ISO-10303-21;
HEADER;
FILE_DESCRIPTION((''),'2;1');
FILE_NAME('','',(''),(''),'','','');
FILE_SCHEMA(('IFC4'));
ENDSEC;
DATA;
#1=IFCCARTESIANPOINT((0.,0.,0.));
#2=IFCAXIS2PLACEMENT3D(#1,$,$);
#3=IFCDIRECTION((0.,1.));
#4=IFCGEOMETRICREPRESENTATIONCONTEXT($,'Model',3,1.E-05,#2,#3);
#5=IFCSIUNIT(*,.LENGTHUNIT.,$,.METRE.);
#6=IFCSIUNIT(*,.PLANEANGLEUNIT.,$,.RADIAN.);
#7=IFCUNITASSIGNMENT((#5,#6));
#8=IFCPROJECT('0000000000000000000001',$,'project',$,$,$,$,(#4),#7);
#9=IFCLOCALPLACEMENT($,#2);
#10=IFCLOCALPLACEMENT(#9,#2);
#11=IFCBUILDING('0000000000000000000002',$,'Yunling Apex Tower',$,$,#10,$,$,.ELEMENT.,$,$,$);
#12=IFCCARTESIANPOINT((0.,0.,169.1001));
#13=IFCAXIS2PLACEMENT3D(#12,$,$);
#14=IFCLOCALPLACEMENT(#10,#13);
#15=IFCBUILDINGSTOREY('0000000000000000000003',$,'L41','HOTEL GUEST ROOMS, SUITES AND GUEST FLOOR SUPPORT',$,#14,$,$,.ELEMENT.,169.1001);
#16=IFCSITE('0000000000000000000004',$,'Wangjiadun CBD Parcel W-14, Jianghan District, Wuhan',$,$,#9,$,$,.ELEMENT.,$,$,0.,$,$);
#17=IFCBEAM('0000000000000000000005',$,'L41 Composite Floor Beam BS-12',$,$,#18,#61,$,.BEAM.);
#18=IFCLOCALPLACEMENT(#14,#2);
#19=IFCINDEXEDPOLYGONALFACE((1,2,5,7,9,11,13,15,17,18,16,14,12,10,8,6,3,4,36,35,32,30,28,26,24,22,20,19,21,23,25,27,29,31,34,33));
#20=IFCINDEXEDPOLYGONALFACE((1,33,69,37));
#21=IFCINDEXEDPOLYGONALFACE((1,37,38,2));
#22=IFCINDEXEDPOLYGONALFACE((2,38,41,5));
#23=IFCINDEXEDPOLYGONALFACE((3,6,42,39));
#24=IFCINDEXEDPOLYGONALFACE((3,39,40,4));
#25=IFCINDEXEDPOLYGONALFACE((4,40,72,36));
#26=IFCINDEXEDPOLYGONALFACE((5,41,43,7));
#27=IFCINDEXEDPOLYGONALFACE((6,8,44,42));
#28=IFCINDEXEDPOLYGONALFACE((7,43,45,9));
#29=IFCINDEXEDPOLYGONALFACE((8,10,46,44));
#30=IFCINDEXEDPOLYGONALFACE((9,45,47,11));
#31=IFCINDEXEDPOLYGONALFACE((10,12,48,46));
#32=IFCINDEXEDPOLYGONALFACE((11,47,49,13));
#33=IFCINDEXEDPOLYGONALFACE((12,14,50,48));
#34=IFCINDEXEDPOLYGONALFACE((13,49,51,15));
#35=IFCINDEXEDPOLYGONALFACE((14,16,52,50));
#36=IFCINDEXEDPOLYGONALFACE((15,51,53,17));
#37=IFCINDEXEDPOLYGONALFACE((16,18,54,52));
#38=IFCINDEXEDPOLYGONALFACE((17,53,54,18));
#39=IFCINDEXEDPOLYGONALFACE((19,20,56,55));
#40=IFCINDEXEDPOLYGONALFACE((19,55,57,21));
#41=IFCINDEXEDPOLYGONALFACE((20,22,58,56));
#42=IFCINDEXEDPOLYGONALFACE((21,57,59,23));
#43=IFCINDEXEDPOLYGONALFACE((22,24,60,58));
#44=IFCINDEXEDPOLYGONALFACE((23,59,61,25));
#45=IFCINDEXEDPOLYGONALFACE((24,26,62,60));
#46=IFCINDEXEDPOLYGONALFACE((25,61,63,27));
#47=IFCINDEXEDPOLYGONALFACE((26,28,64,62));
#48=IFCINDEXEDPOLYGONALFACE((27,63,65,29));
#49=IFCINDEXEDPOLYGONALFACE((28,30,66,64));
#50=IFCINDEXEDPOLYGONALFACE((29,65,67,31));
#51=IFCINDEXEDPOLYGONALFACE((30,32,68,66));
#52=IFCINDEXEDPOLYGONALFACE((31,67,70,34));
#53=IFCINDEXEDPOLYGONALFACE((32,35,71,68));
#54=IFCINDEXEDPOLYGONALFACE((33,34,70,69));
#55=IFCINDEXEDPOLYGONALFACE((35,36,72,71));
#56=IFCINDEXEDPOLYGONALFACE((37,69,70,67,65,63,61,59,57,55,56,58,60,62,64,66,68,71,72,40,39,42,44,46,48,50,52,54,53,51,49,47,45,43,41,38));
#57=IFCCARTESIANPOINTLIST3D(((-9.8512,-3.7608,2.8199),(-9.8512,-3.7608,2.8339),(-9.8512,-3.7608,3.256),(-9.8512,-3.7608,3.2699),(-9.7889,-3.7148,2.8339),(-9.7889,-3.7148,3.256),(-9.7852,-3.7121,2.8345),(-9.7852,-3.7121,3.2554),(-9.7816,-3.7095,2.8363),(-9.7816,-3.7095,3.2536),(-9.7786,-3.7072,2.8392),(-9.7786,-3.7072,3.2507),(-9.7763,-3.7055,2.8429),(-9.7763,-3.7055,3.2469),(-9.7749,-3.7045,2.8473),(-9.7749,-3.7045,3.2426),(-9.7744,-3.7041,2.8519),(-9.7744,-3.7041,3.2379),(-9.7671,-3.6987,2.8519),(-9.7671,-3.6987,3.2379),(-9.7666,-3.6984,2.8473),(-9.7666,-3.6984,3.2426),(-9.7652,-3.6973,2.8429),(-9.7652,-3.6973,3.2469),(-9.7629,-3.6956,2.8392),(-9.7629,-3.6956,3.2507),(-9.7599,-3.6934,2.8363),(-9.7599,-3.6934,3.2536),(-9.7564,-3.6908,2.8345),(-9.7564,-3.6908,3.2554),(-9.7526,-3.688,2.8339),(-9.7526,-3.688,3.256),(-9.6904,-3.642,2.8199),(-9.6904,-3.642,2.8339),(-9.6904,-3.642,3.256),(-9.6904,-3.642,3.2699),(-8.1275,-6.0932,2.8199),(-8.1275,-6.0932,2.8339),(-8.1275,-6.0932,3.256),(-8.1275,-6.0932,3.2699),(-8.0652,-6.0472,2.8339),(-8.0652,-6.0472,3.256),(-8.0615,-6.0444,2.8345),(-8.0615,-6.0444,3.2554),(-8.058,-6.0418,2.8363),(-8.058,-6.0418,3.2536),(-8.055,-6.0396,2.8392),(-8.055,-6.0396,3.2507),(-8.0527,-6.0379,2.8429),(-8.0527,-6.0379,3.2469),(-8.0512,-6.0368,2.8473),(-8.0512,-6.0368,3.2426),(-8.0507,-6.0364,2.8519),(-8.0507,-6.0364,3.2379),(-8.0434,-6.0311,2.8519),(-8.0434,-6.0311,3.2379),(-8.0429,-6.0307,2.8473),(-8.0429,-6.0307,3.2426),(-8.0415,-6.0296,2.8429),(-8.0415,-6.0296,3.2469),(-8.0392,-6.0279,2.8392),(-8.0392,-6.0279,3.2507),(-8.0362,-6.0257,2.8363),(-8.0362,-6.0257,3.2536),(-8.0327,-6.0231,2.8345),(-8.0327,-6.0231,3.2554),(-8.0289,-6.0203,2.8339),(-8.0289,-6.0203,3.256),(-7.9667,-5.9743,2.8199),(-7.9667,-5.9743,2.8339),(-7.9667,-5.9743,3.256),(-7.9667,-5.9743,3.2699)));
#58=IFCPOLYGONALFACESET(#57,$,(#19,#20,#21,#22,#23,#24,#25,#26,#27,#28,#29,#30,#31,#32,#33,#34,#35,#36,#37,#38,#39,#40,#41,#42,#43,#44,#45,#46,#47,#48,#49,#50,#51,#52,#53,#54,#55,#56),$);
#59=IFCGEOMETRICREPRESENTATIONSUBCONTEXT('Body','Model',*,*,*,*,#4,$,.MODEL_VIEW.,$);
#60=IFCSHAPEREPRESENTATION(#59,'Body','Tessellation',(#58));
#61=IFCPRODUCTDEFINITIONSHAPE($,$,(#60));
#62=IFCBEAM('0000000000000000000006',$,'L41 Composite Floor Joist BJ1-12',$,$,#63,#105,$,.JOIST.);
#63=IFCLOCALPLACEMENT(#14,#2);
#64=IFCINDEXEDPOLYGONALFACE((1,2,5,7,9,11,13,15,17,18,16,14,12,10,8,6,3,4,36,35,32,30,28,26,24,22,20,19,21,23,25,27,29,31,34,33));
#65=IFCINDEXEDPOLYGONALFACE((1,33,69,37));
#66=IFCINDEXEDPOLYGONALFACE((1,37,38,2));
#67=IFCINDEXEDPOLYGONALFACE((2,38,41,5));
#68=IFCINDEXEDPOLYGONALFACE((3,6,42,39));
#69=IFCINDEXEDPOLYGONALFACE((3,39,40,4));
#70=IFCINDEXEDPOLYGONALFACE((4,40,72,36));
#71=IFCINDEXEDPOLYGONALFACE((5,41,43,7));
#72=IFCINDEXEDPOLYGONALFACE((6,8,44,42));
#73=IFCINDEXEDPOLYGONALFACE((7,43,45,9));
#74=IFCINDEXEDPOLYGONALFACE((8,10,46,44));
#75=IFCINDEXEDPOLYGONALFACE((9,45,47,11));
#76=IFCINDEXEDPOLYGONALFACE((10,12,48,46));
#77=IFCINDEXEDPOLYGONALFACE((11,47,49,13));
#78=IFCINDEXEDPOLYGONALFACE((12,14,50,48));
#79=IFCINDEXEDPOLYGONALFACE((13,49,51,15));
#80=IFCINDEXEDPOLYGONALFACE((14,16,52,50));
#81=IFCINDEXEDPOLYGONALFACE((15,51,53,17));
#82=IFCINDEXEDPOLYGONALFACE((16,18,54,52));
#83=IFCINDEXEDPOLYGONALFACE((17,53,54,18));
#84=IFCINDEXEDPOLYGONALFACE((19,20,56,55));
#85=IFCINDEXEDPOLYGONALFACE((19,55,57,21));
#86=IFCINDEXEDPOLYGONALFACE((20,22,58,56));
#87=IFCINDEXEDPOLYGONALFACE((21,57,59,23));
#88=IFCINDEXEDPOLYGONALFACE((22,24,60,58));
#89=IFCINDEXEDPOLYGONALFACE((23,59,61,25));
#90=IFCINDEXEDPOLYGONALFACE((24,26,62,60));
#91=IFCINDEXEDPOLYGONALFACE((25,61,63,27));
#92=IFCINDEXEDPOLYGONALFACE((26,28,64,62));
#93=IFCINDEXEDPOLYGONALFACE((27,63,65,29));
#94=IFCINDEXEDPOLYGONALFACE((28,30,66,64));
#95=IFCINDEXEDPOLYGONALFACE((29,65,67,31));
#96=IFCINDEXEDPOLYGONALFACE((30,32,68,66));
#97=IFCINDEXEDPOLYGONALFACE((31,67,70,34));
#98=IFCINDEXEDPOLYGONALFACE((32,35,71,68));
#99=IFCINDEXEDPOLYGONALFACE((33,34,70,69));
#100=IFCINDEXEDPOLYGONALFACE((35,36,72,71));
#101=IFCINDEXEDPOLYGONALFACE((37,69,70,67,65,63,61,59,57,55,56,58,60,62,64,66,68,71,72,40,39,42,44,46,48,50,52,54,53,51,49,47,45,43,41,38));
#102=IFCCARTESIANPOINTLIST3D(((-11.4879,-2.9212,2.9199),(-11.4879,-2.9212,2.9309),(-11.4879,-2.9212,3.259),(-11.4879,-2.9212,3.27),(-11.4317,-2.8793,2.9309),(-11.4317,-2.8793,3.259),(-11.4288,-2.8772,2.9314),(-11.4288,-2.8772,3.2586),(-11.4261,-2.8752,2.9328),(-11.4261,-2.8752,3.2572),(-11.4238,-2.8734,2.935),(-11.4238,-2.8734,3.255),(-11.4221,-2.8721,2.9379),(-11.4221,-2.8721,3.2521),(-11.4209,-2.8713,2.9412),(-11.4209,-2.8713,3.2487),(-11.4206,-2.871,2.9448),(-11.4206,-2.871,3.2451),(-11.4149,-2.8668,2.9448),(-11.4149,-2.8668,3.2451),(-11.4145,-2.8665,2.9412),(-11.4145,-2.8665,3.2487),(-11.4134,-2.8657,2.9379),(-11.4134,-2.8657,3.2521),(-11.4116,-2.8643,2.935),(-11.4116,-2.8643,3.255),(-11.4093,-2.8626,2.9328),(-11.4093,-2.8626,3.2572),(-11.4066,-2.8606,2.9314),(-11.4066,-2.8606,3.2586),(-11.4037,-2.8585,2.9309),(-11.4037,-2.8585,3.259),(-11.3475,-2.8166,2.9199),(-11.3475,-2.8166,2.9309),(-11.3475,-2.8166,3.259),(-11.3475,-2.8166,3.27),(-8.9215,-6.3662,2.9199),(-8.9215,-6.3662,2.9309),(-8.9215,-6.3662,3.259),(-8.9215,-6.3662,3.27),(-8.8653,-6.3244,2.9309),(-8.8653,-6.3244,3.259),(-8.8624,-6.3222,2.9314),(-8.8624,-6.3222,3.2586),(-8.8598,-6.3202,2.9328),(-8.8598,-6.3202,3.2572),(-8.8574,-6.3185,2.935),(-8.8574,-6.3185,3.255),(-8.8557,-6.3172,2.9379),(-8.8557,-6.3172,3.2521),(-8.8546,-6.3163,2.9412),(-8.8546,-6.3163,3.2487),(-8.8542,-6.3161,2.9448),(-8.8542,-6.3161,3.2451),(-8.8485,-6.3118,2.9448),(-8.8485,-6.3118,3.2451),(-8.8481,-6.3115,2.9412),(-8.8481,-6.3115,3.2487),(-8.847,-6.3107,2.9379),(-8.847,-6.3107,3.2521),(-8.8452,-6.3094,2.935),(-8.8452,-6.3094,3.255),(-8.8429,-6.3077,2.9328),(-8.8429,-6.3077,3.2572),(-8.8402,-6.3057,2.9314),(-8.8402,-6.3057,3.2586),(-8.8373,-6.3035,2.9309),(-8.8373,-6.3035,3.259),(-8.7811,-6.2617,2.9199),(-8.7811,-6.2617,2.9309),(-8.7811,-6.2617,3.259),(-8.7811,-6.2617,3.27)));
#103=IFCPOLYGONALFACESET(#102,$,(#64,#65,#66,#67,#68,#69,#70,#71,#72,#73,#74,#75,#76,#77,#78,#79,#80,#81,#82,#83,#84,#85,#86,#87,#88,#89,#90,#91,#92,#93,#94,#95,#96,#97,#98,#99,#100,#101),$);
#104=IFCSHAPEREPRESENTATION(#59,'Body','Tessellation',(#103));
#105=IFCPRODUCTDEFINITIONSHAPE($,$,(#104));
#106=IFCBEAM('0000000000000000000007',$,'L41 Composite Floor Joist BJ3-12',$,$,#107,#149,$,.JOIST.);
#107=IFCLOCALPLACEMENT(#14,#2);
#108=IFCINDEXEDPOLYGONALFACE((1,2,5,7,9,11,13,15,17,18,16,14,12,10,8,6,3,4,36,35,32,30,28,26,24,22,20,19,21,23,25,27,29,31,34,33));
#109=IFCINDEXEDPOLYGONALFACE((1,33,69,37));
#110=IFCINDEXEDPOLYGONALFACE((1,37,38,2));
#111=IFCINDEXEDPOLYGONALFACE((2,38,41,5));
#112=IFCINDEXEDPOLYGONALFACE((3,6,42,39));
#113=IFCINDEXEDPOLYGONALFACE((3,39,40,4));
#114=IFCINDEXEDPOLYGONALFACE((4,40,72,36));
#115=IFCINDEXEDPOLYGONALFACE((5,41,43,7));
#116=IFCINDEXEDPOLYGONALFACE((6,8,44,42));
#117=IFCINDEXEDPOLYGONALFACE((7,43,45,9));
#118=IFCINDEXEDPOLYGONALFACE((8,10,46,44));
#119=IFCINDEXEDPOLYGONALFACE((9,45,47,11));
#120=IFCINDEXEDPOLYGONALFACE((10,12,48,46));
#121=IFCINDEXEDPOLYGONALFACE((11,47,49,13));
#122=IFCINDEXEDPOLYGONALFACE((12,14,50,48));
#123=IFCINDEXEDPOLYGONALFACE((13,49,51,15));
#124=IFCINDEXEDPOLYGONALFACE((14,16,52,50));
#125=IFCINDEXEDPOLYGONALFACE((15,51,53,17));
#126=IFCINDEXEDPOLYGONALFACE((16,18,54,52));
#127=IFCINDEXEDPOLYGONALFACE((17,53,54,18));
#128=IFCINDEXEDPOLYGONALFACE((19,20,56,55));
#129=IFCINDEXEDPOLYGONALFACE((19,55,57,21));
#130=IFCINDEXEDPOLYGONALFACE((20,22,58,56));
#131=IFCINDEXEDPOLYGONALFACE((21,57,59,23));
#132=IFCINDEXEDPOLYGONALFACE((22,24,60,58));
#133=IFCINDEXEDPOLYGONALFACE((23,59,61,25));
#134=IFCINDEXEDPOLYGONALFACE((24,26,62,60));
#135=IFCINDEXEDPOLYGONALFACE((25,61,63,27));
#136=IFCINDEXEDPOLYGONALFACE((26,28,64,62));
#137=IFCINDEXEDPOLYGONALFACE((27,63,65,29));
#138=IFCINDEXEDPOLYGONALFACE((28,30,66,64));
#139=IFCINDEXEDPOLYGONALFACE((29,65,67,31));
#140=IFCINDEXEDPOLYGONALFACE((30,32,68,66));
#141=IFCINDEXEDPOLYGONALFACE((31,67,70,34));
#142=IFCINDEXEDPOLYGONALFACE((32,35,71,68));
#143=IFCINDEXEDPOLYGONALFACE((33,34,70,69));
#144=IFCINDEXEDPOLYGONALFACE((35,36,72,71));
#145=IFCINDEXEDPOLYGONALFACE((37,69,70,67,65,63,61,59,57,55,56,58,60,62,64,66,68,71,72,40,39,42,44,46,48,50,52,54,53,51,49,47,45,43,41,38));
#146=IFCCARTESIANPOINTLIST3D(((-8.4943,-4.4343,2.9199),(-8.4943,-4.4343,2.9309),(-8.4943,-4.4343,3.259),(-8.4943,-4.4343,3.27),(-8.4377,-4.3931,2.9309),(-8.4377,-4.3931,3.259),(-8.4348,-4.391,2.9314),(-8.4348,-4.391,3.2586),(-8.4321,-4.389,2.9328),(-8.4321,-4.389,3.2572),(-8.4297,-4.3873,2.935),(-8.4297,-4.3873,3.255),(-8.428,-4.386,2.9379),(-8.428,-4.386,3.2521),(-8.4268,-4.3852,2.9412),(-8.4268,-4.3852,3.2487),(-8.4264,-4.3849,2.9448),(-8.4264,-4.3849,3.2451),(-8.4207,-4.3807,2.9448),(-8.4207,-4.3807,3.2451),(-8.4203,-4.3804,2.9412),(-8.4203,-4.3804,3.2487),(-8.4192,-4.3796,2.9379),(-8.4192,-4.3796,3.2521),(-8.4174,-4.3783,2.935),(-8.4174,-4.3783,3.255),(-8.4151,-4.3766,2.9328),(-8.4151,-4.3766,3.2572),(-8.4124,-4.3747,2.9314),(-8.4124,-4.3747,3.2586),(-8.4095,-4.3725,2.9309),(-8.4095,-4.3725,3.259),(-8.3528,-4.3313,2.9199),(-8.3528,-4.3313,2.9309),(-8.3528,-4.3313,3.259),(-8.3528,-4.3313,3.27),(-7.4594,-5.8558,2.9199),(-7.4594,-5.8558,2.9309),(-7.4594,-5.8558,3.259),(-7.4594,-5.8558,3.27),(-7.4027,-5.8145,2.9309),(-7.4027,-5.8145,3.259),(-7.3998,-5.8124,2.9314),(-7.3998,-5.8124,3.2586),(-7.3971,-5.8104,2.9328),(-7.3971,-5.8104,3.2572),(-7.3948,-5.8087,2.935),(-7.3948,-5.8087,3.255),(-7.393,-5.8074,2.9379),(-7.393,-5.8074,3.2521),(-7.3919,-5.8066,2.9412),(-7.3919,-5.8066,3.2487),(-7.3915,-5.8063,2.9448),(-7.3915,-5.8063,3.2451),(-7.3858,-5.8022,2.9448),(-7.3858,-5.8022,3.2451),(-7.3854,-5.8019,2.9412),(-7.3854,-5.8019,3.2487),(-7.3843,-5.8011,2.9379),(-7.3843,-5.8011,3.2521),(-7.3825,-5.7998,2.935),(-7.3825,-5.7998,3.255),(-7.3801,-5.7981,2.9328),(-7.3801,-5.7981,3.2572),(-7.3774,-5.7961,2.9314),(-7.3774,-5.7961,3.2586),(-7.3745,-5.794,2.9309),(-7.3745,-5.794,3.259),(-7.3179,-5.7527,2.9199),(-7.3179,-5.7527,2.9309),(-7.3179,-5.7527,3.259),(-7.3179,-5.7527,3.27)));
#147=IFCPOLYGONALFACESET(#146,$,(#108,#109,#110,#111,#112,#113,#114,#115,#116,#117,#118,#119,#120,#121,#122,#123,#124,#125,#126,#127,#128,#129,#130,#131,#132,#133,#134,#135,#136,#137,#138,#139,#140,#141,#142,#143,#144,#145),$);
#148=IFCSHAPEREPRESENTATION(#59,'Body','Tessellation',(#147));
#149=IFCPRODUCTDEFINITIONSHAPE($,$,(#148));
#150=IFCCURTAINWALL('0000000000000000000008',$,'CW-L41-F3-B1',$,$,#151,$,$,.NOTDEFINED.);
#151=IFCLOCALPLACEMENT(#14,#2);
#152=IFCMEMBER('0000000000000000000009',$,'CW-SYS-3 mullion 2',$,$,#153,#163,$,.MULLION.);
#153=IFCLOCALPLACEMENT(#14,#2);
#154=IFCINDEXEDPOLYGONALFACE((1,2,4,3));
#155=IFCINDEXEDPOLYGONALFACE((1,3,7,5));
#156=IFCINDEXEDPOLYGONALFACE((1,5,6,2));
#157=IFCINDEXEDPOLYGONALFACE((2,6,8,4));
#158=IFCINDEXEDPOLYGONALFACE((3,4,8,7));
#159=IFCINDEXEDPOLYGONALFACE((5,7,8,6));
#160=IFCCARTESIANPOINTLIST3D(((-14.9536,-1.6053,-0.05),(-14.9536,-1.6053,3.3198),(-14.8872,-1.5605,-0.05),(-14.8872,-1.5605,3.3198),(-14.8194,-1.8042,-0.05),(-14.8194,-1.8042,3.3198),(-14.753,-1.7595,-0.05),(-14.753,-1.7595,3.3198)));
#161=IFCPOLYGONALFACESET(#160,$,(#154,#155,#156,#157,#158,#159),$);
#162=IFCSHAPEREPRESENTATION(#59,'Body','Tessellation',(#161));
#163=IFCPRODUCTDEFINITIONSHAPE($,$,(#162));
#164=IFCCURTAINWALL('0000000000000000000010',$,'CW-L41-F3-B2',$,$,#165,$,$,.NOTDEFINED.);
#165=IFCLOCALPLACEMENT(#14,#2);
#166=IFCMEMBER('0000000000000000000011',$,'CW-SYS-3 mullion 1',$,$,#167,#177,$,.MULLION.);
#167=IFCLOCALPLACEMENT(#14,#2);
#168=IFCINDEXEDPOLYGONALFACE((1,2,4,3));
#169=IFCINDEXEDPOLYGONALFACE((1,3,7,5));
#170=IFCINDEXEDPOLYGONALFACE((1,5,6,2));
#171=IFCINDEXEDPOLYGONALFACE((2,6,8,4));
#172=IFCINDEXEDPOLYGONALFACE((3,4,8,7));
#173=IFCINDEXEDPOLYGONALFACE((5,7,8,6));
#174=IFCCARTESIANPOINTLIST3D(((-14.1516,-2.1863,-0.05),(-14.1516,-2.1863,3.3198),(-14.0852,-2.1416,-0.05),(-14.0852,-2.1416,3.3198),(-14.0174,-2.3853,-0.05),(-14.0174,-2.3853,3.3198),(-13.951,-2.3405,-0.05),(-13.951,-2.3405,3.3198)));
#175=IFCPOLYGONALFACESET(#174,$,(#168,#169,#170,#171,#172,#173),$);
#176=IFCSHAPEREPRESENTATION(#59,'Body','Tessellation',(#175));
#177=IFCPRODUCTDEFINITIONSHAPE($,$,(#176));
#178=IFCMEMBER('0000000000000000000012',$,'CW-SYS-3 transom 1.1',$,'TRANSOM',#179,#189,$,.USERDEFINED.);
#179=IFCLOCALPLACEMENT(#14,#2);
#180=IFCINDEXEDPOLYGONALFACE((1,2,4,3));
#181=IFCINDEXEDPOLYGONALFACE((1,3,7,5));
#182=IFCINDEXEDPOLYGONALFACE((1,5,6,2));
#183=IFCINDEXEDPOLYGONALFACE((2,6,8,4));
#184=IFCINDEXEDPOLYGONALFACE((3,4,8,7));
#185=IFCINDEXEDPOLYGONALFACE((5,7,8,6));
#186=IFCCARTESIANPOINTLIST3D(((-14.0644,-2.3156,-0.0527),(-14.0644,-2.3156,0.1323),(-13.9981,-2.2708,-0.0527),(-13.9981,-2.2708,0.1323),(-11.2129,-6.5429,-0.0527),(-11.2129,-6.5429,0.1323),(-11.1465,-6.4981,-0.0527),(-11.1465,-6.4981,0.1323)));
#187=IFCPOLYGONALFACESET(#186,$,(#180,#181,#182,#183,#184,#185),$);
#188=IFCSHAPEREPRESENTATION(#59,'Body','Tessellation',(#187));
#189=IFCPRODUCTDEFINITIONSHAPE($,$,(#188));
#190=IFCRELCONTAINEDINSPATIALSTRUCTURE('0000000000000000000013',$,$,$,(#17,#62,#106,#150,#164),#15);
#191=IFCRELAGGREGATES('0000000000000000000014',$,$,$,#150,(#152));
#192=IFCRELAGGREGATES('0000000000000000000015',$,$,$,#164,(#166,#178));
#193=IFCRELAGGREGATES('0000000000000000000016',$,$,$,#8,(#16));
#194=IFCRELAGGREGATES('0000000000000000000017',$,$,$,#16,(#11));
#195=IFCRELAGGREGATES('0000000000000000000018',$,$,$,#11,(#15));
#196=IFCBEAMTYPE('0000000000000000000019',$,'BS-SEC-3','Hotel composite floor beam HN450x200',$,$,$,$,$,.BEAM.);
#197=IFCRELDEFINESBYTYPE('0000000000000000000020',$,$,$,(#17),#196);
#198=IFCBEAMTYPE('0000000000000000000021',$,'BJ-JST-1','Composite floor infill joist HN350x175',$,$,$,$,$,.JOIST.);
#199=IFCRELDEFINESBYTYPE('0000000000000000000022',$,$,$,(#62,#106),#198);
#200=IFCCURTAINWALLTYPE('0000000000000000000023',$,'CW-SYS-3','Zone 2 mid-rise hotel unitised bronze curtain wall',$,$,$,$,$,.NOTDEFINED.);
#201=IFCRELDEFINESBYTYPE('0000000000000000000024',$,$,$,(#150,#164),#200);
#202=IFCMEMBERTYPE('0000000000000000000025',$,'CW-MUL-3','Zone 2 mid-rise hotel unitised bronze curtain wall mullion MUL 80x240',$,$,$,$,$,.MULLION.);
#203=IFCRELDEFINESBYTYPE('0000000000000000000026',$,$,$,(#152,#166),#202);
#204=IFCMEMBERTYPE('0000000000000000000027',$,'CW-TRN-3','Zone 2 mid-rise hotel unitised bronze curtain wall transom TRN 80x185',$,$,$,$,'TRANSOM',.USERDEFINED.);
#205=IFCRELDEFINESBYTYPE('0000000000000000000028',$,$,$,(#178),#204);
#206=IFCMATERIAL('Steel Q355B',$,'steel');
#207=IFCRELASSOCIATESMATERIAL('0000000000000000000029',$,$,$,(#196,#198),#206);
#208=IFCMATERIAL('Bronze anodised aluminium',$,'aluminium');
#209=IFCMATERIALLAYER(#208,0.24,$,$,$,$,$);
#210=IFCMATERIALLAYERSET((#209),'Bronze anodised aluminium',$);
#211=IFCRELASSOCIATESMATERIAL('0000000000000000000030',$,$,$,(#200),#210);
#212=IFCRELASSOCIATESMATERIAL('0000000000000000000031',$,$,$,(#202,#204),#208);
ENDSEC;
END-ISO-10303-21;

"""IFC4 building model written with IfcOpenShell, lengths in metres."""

from ifc_helpers import new_model, si_unit, direction, frame, origin, origin_2d, place, context, subcontext, project, spatial, rectangle, i_section, extrude, source, transform, mapped, material, layer, layer_set, material_profile, profile_set, type_object, element, aggregate, save


model = new_model("IFC4")

# Units and contexts
model_context = context("Model", 3, precision=1e-05, world=origin(), true_north=direction((0.0, 1.0)))
body_context = subcontext(model_context, "Body", "Model", "MODEL_VIEW")
ifc_project = project(units=[si_unit("LENGTHUNIT", "METRE"), si_unit("PLANEANGLEUNIT", "RADIAN")], contexts=[model_context])

# Site, building, storey
site_placement = place(None, origin())
site = spatial("IfcSite", under=ifc_project, at=site_placement, Name="Wangjiadun CBD Parcel W-14, Jianghan District, Wuhan", CompositionType="ELEMENT", RefElevation=0.0)
building_placement = place(site_placement, origin())
building = spatial("IfcBuilding", under=site, at=building_placement, Name="Yunling Apex Tower", CompositionType="ELEMENT")
storey_placement = place(building_placement, frame((0.0, 0.0, 169.1001)))
storey = spatial("IfcBuildingStorey", under=building, at=storey_placement, Name="L41", Description="HOTEL GUEST ROOMS, SUITES AND GUEST FLOOR SUPPORT", CompositionType="ELEMENT", Elevation=169.1001)

# Beams
ifc_material_1 = material(Name="Steel Q355B", Category="steel")
ifc_material_profile_1 = material_profile(ifc_material_1, i_section(OverallWidth=0.2, OverallDepth=0.45, WebThickness=0.009, FlangeThickness=0.0139, FilletRadius=0.0181, at=origin_2d()))
ifc_profile_set_1 = profile_set([ifc_material_profile_1], Name="Steel Q355B")
beam_type_1 = type_object("IfcBeamType", Name="BS-SEC-3", Description="Hotel composite floor beam HN450x200", PredefinedType="BEAM", material=ifc_profile_set_1)
shared_shape_1 = source(origin(), body_context, "Body", "SweptSolid", [
    extrude(i_section(OverallWidth=0.2, OverallDepth=0.45, WebThickness=0.009, FlangeThickness=0.0139, FilletRadius=0.0181, at=origin_2d()), origin(), (0.0, 0.0, 1.0), 2.9001),
])
beam_1_placement = place(storey_placement, frame((-9.7708, -3.7014, 3.0449), z_axis=(0.594341, -0.804213, 0.0), x_axis=(0.804213, 0.594341, 0.0)))
element("IfcBeam", 1, at=beam_1_placement, inside=storey, type_object=beam_type_1, Name="L41 Composite Floor Beam BS-12", PredefinedType="BEAM", context=body_context, shape_type="MappedRepresentation", body=[
    mapped(shared_shape_1, transform((0.0, 0.0, 0.0), scale=1.0)),
])
ifc_material_profile_2 = material_profile(ifc_material_1, i_section(OverallWidth=0.175, OverallDepth=0.3501, WebThickness=0.0071, FlangeThickness=0.011, FilletRadius=0.0139, at=origin_2d()))
ifc_profile_set_2 = profile_set([ifc_material_profile_2], Name="Steel Q355B")
beam_type_2 = type_object("IfcBeamType", Name="BJ-JST-1", Description="Composite floor infill joist HN350x175", PredefinedType="JOIST", material=ifc_profile_set_2)
shared_shape_2 = source(origin(), body_context, "Body", "SweptSolid", [
    extrude(i_section(OverallWidth=0.175, OverallDepth=0.3501, WebThickness=0.0071, FlangeThickness=0.011, FilletRadius=0.0139, at=origin_2d()), origin(), (0.0, 0.0, 1.0), 4.2959),
])
beam_2_placement = place(storey_placement, frame((-11.4177, -2.8689, 3.095), z_axis=(0.597405, -0.801939, 0.0), x_axis=(0.801939, 0.597405, 0.0)))
element("IfcBeam", 2, at=beam_2_placement, inside=storey, type_object=beam_type_2, Name="L41 Composite Floor Joist BJ1-12", PredefinedType="JOIST", context=body_context, shape_type="MappedRepresentation", body=[
    mapped(shared_shape_2, transform((0.0, 0.0, 0.0), scale=1.0)),
])
shared_shape_3 = source(origin(), body_context, "Body", "SweptSolid", [
    extrude(i_section(OverallWidth=0.175, OverallDepth=0.3501, WebThickness=0.0071, FlangeThickness=0.011, FilletRadius=0.0139, at=origin_2d()), origin(), (0.0, 0.0, 1.0), 1.7583),
])
beam_3_placement = place(storey_placement, frame((-8.4236, -4.3828, 3.095), z_axis=(0.588609, -0.808418, 0.0), x_axis=(0.808418, 0.588609, 0.0)))
element("IfcBeam", 3, at=beam_3_placement, inside=storey, type_object=beam_type_2, Name="L41 Composite Floor Joist BJ3-12", PredefinedType="JOIST", context=body_context, shape_type="MappedRepresentation", body=[
    mapped(shared_shape_3, transform((0.0, 0.0, 0.0), scale=1.0)),
])

# Curtain wall, member
ifc_material_2 = material(Name="Bronze anodised aluminium", Category="aluminium")
ifc_layer_1 = layer(ifc_material_2, 0.24)
ifc_layer_set_1 = layer_set([ifc_layer_1], Name="Bronze anodised aluminium")
curtain_wall_type = type_object("IfcCurtainWallType", Name="CW-SYS-3", Description="Zone 2 mid-rise hotel unitised bronze curtain wall", PredefinedType="NOTDEFINED", material=ifc_layer_set_1)
curtain_wall_1_placement = place(storey_placement, origin())
curtain_wall_1 = element("IfcCurtainWall", 4, at=curtain_wall_1_placement, inside=storey, type_object=curtain_wall_type, Name="CW-L41-F3-B1", PredefinedType="NOTDEFINED")
ifc_material_profile_3 = material_profile(ifc_material_2, rectangle(XDim=0.0801, YDim=0.24, at=origin_2d()))
ifc_profile_set_3 = profile_set([ifc_material_profile_3], Name="Bronze anodised aluminium")
member_type_1 = type_object("IfcMemberType", Name="CW-MUL-3", Description="Zone 2 mid-rise hotel unitised bronze curtain wall mullion MUL 80x240", PredefinedType="MULLION", material=ifc_profile_set_3)
shared_shape_4 = source(origin(), body_context, "Body", "SweptSolid", [
    extrude(rectangle(XDim=0.0801, YDim=0.24, at=origin_2d()), origin(), (0.0, 0.0, 1.0), 3.3699),
])
member_1_placement = place(storey_placement, frame((-14.8533, -1.6824, -0.05), z_axis=(0.0, 0.0, 1.0), x_axis=(0.829045, 0.559181, 0.0)))
member_1 = element("IfcMember", 5, at=member_1_placement, type_object=member_type_1, Name="CW-SYS-3 mullion 2", PredefinedType="MULLION", context=body_context, shape_type="MappedRepresentation", body=[
    mapped(shared_shape_4, transform((0.0, 0.0, 0.0), scale=1.0)),
])

# Curtain wall, members
curtain_wall_2_placement = place(storey_placement, origin())
curtain_wall_2 = element("IfcCurtainWall", 6, at=curtain_wall_2_placement, inside=storey, type_object=curtain_wall_type, Name="CW-L41-F3-B2", PredefinedType="NOTDEFINED")
member_2_placement = place(storey_placement, frame((-14.0513, -2.2634, -0.05), z_axis=(0.0, 0.0, 1.0), x_axis=(0.829026, 0.55921, 0.0)))
member_2 = element("IfcMember", 7, at=member_2_placement, type_object=member_type_1, Name="CW-SYS-3 mullion 1", PredefinedType="MULLION", context=body_context, shape_type="MappedRepresentation", body=[
    mapped(shared_shape_4, transform((0.0, 0.0, 0.0), scale=1.0)),
])
ifc_material_profile_4 = material_profile(ifc_material_2, rectangle(XDim=0.0801, YDim=0.1851, at=origin_2d()))
ifc_profile_set_4 = profile_set([ifc_material_profile_4], Name="Bronze anodised aluminium")
member_type_2 = type_object("IfcMemberType", Name="CW-TRN-3", Description="Zone 2 mid-rise hotel unitised bronze curtain wall transom TRN 80x185", ElementType="TRANSOM", PredefinedType="USERDEFINED", material=ifc_profile_set_4)
shared_shape_5 = source(origin(), body_context, "Body", "SweptSolid", [
    extrude(rectangle(XDim=0.0801, YDim=0.1851, at=origin_2d()), origin(), (0.0, 0.0, 1.0), 5.0991),
])
member_3_placement = place(storey_placement, frame((-14.0312, -2.2932, 0.0398), z_axis=(0.559222, -0.829018, 0.0), x_axis=(0.829018, 0.559222, 0.0)))
member_3 = element("IfcMember", 8, at=member_3_placement, type_object=member_type_2, Name="CW-SYS-3 transom 1.1", ObjectType="TRANSOM", PredefinedType="USERDEFINED", context=body_context, shape_type="MappedRepresentation", body=[
    mapped(shared_shape_5, transform((0.0, 0.0, 0.0), scale=1.0)),
])

aggregate(curtain_wall_1, [member_1])
aggregate(curtain_wall_2, [member_2, member_3])

save(model, "model.ifc")
